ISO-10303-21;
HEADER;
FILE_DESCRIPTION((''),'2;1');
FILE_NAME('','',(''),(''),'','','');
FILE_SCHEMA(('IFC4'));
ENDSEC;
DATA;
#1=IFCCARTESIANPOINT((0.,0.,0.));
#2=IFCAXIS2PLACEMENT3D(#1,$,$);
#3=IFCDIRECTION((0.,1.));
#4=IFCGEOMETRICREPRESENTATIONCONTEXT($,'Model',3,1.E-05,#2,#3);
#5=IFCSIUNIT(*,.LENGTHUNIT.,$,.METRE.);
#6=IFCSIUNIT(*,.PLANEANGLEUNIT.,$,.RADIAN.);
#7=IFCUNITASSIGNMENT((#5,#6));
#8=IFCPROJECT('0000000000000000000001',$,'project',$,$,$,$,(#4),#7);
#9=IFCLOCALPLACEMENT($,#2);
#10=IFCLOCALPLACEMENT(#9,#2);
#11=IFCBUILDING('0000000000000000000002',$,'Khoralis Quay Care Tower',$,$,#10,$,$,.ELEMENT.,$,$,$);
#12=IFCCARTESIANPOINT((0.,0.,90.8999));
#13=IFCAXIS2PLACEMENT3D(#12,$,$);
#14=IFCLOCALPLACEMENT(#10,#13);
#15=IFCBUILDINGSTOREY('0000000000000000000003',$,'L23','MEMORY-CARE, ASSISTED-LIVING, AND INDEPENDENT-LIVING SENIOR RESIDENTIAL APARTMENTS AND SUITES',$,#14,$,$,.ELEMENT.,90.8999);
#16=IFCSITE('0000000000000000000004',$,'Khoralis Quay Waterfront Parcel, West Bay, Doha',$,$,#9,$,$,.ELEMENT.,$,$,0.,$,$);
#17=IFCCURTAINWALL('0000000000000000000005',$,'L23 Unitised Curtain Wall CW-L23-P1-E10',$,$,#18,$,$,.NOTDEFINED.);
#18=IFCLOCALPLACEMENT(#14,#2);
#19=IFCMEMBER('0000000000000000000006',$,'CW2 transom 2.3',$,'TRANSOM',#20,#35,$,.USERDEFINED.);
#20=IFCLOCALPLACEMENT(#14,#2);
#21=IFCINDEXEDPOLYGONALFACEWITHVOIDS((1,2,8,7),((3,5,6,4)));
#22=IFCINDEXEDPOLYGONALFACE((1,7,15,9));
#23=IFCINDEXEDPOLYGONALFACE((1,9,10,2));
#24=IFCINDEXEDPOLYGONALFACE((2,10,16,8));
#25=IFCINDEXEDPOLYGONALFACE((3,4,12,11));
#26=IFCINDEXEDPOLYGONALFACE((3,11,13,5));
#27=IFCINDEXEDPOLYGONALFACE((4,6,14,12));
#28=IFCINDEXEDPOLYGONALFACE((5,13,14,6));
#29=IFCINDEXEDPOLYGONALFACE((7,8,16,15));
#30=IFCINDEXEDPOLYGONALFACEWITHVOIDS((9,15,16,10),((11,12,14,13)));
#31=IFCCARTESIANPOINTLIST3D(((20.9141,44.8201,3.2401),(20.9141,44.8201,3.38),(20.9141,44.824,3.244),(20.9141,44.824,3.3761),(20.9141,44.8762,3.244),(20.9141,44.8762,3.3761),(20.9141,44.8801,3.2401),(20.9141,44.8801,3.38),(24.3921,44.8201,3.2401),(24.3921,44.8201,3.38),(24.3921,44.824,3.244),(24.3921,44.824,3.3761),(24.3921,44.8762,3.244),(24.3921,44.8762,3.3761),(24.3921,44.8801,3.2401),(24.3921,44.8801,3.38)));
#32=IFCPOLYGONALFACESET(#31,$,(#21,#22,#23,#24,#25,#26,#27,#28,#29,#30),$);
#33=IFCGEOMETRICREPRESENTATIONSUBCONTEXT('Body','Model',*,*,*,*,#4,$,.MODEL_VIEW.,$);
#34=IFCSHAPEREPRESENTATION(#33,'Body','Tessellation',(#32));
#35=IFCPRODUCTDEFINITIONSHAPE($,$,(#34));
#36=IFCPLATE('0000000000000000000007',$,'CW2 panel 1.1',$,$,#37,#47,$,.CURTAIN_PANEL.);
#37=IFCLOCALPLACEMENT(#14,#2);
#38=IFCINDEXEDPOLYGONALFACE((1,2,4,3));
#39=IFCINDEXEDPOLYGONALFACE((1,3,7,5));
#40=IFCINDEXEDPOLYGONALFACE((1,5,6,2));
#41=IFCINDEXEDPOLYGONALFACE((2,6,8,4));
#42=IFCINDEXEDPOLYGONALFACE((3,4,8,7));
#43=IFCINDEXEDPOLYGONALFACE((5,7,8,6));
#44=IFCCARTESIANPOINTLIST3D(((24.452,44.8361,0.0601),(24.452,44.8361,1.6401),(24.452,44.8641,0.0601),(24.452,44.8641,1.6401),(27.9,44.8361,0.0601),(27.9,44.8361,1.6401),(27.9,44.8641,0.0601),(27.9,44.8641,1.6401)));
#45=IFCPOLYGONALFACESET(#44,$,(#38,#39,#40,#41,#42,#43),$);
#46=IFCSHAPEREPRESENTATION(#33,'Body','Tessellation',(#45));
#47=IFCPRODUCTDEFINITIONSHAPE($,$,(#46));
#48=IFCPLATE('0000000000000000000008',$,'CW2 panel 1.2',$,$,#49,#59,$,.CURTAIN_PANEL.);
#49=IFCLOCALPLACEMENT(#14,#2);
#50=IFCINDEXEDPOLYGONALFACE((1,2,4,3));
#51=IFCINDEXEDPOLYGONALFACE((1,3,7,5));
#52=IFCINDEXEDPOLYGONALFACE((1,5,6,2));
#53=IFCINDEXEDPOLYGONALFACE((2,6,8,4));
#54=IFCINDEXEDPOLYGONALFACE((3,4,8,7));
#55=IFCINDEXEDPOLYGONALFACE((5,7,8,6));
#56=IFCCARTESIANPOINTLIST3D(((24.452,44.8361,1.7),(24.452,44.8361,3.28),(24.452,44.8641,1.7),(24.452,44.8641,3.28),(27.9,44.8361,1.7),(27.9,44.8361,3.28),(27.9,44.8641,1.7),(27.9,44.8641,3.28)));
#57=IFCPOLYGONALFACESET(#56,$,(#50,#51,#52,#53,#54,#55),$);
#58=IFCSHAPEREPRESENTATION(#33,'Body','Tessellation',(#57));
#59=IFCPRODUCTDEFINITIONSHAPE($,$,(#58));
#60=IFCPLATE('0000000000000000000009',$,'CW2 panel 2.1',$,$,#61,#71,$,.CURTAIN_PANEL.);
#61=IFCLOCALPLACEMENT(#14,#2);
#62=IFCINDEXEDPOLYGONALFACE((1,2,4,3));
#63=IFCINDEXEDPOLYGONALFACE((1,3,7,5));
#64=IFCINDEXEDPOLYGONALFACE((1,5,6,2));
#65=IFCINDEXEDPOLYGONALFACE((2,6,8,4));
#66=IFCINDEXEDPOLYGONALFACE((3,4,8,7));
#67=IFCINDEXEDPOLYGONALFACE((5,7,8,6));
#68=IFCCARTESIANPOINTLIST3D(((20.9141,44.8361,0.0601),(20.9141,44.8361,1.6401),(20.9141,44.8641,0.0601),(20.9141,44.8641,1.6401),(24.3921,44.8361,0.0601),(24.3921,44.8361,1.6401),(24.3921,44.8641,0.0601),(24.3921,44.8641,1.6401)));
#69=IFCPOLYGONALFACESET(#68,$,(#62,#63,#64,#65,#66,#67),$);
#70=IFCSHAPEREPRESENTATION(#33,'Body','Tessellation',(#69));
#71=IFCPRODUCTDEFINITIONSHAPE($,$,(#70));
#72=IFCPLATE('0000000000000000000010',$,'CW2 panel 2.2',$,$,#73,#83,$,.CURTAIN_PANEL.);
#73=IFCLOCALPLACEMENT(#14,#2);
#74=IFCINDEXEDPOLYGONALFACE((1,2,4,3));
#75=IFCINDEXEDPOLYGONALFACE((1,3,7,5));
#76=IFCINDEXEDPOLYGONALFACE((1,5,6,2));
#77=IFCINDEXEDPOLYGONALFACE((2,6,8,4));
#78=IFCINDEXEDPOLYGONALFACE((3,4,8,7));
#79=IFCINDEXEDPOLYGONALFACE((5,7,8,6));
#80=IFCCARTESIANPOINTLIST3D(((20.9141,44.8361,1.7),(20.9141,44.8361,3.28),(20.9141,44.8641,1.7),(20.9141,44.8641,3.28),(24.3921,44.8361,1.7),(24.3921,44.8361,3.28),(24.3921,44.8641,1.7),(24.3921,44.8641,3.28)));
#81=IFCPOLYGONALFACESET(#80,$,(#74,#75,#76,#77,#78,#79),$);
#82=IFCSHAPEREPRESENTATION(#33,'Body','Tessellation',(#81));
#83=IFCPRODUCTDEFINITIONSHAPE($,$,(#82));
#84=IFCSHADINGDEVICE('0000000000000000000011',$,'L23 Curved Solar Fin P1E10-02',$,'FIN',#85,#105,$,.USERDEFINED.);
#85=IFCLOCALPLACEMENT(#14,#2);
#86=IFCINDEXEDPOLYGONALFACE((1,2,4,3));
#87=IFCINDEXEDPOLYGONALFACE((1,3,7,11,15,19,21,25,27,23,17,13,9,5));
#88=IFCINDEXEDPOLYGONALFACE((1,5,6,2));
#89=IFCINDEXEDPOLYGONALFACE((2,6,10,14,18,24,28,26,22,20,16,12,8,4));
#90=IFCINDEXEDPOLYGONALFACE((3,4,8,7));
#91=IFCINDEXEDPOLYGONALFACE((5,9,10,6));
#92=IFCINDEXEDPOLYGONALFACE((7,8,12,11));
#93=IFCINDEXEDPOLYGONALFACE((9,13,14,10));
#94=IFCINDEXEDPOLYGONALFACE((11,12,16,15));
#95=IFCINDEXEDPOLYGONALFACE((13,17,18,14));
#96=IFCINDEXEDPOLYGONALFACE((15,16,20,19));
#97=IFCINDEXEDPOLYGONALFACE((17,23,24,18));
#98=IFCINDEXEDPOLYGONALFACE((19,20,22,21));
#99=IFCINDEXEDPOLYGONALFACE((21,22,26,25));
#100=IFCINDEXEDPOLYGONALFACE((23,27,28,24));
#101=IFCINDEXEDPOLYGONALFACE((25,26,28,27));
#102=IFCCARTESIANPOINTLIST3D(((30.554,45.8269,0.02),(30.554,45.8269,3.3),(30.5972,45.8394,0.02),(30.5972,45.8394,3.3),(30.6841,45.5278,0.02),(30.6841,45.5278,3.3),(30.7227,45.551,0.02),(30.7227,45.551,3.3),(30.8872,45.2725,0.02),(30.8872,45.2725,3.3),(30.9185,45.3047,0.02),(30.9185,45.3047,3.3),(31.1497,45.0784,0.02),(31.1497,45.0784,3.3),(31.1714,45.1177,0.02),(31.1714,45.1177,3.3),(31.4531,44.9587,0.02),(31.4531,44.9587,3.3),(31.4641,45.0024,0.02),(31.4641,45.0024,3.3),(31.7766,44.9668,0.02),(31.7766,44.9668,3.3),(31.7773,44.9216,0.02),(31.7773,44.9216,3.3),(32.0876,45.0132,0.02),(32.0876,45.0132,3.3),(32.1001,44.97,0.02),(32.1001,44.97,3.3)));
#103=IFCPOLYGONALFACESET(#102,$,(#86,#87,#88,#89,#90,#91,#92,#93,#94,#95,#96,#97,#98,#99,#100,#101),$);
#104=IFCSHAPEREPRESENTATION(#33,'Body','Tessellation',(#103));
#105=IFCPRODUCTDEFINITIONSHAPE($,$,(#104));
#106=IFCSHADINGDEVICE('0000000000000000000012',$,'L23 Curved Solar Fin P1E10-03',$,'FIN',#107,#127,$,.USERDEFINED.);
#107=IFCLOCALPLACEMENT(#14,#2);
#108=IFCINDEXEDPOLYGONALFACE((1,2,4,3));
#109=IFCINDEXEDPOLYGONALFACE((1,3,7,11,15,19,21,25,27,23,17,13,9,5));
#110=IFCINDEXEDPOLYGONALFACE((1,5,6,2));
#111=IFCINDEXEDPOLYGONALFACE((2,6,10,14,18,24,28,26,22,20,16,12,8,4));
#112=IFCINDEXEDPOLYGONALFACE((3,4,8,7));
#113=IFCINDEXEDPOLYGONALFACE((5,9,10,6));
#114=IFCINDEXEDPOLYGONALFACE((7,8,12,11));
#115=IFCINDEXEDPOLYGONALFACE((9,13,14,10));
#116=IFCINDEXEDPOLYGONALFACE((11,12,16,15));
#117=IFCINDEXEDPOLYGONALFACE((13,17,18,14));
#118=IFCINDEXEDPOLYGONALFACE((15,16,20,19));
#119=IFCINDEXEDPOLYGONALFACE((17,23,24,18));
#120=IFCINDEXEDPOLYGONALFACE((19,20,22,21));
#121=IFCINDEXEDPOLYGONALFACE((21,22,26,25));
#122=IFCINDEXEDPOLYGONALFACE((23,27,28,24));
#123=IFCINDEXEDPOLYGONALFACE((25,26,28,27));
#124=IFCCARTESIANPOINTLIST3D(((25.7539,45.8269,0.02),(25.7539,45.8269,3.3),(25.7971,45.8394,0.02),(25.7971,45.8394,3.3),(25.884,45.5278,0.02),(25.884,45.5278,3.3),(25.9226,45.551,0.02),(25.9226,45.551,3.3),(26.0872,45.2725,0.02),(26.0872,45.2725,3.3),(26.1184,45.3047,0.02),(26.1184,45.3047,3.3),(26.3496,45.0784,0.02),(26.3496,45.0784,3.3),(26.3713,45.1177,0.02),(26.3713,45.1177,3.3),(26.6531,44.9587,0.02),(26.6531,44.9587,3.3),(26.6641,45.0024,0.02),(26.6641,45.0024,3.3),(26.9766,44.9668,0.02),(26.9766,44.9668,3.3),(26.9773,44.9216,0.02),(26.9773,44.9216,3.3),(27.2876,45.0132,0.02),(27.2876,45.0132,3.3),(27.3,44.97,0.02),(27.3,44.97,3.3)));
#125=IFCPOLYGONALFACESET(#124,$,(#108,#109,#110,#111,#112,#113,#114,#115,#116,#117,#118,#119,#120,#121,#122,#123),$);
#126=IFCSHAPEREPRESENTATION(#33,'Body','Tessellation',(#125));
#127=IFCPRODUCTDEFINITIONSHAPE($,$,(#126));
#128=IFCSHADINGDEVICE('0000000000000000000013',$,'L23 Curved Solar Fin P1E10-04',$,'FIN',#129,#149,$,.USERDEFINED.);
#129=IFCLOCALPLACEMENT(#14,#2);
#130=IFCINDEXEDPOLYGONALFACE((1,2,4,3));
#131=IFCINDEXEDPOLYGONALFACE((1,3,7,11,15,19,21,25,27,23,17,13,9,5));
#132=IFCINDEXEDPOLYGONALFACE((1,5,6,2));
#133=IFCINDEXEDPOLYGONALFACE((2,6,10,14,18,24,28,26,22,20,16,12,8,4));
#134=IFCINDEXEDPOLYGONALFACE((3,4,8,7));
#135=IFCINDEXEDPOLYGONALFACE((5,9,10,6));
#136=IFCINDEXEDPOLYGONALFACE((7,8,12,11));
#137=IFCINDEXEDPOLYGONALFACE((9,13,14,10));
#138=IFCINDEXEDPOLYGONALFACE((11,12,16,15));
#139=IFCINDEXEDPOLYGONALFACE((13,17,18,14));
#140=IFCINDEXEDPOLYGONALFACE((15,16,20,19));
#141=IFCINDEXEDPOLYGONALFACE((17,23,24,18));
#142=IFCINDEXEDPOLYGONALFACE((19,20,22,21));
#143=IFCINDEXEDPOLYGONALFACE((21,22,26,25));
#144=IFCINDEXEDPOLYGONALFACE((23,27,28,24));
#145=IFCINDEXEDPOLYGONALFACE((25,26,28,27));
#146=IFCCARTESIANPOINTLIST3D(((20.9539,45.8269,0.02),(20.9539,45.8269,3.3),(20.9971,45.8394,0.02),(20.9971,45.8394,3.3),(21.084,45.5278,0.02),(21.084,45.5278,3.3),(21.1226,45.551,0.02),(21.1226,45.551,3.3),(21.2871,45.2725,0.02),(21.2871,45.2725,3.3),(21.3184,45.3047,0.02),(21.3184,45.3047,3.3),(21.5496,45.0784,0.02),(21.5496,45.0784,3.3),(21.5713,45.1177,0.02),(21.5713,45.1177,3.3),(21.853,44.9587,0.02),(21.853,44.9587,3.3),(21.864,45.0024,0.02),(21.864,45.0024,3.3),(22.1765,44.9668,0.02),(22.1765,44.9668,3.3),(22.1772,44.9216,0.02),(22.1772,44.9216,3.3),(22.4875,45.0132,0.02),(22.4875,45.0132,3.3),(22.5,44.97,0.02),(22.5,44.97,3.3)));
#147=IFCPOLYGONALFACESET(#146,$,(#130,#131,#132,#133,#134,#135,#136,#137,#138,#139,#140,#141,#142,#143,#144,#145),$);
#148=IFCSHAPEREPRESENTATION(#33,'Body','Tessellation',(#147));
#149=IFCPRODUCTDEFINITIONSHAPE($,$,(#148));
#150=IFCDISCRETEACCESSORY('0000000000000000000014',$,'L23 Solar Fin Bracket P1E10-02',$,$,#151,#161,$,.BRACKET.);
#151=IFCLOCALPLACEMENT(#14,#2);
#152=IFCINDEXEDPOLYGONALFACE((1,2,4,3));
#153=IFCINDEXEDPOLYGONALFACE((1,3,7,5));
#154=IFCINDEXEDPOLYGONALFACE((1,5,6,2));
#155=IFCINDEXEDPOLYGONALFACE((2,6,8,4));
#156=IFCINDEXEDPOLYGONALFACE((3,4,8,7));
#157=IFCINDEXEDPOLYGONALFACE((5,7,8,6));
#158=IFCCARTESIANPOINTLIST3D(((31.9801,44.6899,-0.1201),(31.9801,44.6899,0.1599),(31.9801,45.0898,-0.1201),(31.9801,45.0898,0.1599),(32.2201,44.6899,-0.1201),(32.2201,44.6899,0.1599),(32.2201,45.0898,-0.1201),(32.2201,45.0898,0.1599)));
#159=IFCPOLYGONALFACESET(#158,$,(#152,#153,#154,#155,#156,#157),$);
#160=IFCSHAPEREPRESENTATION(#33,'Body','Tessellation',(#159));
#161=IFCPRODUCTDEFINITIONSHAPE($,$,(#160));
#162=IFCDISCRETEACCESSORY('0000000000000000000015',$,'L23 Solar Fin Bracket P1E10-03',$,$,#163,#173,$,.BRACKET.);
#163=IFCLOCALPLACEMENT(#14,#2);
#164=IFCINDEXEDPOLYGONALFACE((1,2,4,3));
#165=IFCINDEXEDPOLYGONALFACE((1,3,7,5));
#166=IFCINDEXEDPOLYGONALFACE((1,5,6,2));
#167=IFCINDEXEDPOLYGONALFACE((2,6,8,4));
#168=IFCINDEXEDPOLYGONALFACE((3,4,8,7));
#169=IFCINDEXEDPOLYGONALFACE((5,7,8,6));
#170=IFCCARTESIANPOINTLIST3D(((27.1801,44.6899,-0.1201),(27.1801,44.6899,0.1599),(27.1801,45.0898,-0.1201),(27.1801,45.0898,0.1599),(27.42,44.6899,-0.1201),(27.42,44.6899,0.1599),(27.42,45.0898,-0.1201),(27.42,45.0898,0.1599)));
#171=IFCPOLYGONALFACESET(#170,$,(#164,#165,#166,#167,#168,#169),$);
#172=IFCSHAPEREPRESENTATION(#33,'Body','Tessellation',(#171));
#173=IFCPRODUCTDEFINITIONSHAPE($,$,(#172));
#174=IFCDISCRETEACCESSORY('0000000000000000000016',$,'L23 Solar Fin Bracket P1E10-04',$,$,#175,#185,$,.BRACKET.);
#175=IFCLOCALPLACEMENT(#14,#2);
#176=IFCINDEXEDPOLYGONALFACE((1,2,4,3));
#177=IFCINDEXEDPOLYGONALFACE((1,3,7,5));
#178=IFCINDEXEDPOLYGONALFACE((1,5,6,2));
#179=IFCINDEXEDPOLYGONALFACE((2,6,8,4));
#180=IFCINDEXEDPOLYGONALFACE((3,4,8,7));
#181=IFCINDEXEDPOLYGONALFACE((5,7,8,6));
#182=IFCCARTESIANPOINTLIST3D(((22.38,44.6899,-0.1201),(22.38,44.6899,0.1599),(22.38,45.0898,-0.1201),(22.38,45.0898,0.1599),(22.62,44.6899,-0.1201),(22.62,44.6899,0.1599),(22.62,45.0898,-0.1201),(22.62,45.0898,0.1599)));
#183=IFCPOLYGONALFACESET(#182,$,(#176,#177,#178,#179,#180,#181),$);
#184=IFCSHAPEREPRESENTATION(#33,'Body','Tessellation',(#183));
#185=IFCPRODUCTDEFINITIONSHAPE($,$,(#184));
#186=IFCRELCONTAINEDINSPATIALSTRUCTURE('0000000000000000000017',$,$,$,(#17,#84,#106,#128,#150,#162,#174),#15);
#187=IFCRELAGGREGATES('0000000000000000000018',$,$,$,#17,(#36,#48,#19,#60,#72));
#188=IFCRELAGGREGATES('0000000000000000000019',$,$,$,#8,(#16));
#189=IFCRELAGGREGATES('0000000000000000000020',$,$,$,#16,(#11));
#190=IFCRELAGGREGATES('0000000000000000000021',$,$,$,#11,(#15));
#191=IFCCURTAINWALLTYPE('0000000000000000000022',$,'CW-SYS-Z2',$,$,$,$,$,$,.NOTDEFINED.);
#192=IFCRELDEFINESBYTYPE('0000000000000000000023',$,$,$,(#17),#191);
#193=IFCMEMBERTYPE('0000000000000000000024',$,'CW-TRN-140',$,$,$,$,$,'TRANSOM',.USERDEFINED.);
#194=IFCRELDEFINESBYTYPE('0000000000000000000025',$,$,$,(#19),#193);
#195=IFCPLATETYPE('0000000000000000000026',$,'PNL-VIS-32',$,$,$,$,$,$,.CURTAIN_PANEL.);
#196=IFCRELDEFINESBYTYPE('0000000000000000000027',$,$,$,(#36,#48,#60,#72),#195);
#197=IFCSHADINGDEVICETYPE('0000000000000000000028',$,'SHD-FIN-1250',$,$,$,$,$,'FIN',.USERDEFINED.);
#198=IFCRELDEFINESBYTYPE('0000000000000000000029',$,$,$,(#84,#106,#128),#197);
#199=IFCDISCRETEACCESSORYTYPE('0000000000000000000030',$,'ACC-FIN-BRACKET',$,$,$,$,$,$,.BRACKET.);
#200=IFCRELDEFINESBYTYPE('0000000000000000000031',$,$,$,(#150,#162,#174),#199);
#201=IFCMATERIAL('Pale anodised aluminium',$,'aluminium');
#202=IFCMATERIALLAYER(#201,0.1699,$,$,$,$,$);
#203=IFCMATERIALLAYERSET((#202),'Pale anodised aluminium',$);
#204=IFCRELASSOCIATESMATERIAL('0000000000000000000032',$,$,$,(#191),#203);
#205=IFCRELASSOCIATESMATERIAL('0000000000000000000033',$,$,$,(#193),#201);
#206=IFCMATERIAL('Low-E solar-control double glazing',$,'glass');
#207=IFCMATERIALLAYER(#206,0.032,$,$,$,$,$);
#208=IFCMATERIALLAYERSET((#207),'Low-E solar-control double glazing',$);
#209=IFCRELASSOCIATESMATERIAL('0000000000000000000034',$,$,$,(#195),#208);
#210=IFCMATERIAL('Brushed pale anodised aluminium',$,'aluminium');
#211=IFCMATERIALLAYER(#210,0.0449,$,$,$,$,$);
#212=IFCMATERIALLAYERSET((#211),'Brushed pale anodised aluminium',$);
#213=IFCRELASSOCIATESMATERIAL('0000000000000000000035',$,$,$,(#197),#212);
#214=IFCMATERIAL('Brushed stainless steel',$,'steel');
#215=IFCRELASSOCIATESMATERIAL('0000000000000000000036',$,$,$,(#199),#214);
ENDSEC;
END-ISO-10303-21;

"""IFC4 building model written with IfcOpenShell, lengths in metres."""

from ifc_helpers import new_model, si_unit, direction, frame, origin, origin_2d, place, context, subcontext, project, spatial, polyline, rectangle, hollow_rectangle, outline, extrude, source, transform, mapped, material, layer, layer_set, material_profile, profile_set, type_object, element, aggregate, save


model = new_model("IFC4")

# Units and contexts
model_context = context("Model", 3, precision=1e-05, world=origin(), true_north=direction((0.0, 1.0)))
body_context = subcontext(model_context, "Body", "Model", "MODEL_VIEW")
ifc_project = project(units=[si_unit("LENGTHUNIT", "METRE"), si_unit("PLANEANGLEUNIT", "RADIAN")], contexts=[model_context])

# Site, building, storey
site_placement = place(None, origin())
site = spatial("IfcSite", under=ifc_project, at=site_placement, Name="Khoralis Quay Waterfront Parcel, West Bay, Doha", CompositionType="ELEMENT", RefElevation=0.0)
building_placement = place(site_placement, origin())
building = spatial("IfcBuilding", under=site, at=building_placement, Name="Khoralis Quay Care Tower", CompositionType="ELEMENT")
storey_placement = place(building_placement, frame((0.0, 0.0, 90.8999)))
storey = spatial("IfcBuildingStorey", under=building, at=storey_placement, Name="L23", Description="MEMORY-CARE, ASSISTED-LIVING, AND INDEPENDENT-LIVING SENIOR RESIDENTIAL APARTMENTS AND SUITES", CompositionType="ELEMENT", Elevation=90.8999)

# Curtain wall, member, plates
ifc_material_1 = material(Name="Pale anodised aluminium", Category="aluminium")
ifc_layer_1 = layer(ifc_material_1, 0.1699)
ifc_layer_set_1 = layer_set([ifc_layer_1], Name="Pale anodised aluminium")
curtain_wall_type = type_object("IfcCurtainWallType", Name="CW-SYS-Z2", PredefinedType="NOTDEFINED", material=ifc_layer_set_1)
curtain_wall_placement = place(storey_placement, origin())
curtain_wall = element("IfcCurtainWall", 1, at=curtain_wall_placement, inside=storey, type_object=curtain_wall_type, Name="L23 Unitised Curtain Wall CW-L23-P1-E10", PredefinedType="NOTDEFINED")
ifc_material_profile_1 = material_profile(ifc_material_1, hollow_rectangle(XDim=0.0601, YDim=0.1399, WallThickness=0.0039, at=origin_2d()), Name="Pale anodised aluminium")
ifc_profile_set_1 = profile_set([ifc_material_profile_1], Name="Pale anodised aluminium")
member_type_1 = type_object("IfcMemberType", Name="CW-TRN-140", ElementType="TRANSOM", PredefinedType="USERDEFINED", material=ifc_profile_set_1)
shared_shape_1 = source(origin(), body_context, "Body", "SweptSolid", [
    extrude(hollow_rectangle(XDim=0.0601, YDim=0.1399, WallThickness=0.0039, at=origin_2d()), origin(), (0.0, 0.0, 1.0), 3.478),
])
member_1_placement = place(storey_placement, frame((24.3921, 44.8501, 3.3101), z_axis=(-1.0, 0.0, 0.0), x_axis=(0.0, -1.0, 0.0)))
member_1 = element("IfcMember", 2, at=member_1_placement, type_object=member_type_1, Name="CW2 transom 2.3", ObjectType="TRANSOM", PredefinedType="USERDEFINED", context=body_context, shape_type="MappedRepresentation", body=[
    mapped(shared_shape_1, transform((0.0, 0.0, 0.0), scale=1.0)),
])
ifc_material_2 = material(Name="Low-E solar-control double glazing", Category="glass")
ifc_layer_2 = layer(ifc_material_2, 0.032)
ifc_layer_set_2 = layer_set([ifc_layer_2], Name="Low-E solar-control double glazing")
plate_type = type_object("IfcPlateType", Name="PNL-VIS-32", PredefinedType="CURTAIN_PANEL", material=ifc_layer_set_2)
shared_shape_2 = source(origin(), body_context, "Body", "SweptSolid", [
    extrude(rectangle(XDim=3.448, YDim=0.0281, at=origin_2d()), origin(), (0.0, 0.0, 1.0), 1.5801),
])
plate_1_placement = place(storey_placement, frame((26.176, 44.8501, 0.0601), z_axis=(0.0, 0.0, 1.0), x_axis=(-1.0, 0.0, 0.0)))
plate_1 = element("IfcPlate", 3, at=plate_1_placement, type_object=plate_type, Name="CW2 panel 1.1", PredefinedType="CURTAIN_PANEL", context=body_context, shape_type="MappedRepresentation", body=[
    mapped(shared_shape_2, transform((0.0, 0.0, 0.0), scale=1.0)),
])
plate_2_placement = place(storey_placement, frame((26.176, 44.8501, 1.7), z_axis=(0.0, 0.0, 1.0), x_axis=(-1.0, 0.0, 0.0)))
plate_2 = element("IfcPlate", 4, at=plate_2_placement, type_object=plate_type, Name="CW2 panel 1.2", PredefinedType="CURTAIN_PANEL", context=body_context, shape_type="MappedRepresentation", body=[
    mapped(shared_shape_2, transform((0.0, 0.0, 0.0), scale=1.0)),
])
shared_shape_3 = source(origin(), body_context, "Body", "SweptSolid", [
    extrude(rectangle(XDim=3.478, YDim=0.0281, at=origin_2d()), origin(), (0.0, 0.0, 1.0), 1.5801),
])
plate_3_placement = place(storey_placement, frame((22.6531, 44.8501, 0.0601), z_axis=(0.0, 0.0, 1.0), x_axis=(-1.0, 0.0, 0.0)))
plate_3 = element("IfcPlate", 5, at=plate_3_placement, type_object=plate_type, Name="CW2 panel 2.1", PredefinedType="CURTAIN_PANEL", context=body_context, shape_type="MappedRepresentation", body=[
    mapped(shared_shape_3, transform((0.0, 0.0, 0.0), scale=1.0)),
])
plate_4_placement = place(storey_placement, frame((22.6531, 44.8501, 1.7), z_axis=(0.0, 0.0, 1.0), x_axis=(-1.0, 0.0, 0.0)))
plate_4 = element("IfcPlate", 6, at=plate_4_placement, type_object=plate_type, Name="CW2 panel 2.2", PredefinedType="CURTAIN_PANEL", context=body_context, shape_type="MappedRepresentation", body=[
    mapped(shared_shape_3, transform((0.0, 0.0, 0.0), scale=1.0)),
])
aggregate(curtain_wall, [plate_1, plate_2, member_1, plate_3, plate_4])

# Shading devices
ifc_material_3 = material(Name="Brushed pale anodised aluminium", Category="aluminium")
ifc_layer_3 = layer(ifc_material_3, 0.0449)
ifc_layer_set_3 = layer_set([ifc_layer_3], Name="Brushed pale anodised aluminium")
shading_device_type = type_object("IfcShadingDeviceType", Name="SHD-FIN-1250", ElementType="FIN", PredefinedType="USERDEFINED", material=ifc_layer_set_3)
shared_shape_4 = source(origin(), body_context, "Body", "SweptSolid", [
    extrude(outline(polyline([(0.0, 0.0), (-0.0483, 0.3228), (-0.0112, 0.647), (0.1084, 0.9504), (0.3025, 1.2129), (0.5579, 1.416), (0.8569, 1.5461), (0.8694, 1.5029), (0.5811, 1.3774), (0.3347, 1.1816), (0.1477, 0.9287), (0.0325, 0.636), (-0.0032, 0.3235), (0.0432, 0.0125), (0.0, 0.0)])), origin(), (0.0, 0.0, 1.0), 3.28),
])
for number, where, z_axis, x_axis, name in (
    (7, (32.1001, 44.97, 0.02), (0.0, 0.0, 1.0), (0.0, 1.0, 0.0), "L23 Curved Solar Fin P1E10-02"),
    (8, (27.3, 44.97, 0.02), (0.0, 0.0, 1.0), (0.0, 1.0, 0.0), "L23 Curved Solar Fin P1E10-03"),
    (9, (22.5, 44.97, 0.02), (0.0, 0.0, 1.0), (0.0, 1.0, 0.0), "L23 Curved Solar Fin P1E10-04"),
):
    element("IfcShadingDevice", number, at=place(storey_placement, frame(where, z_axis=z_axis, x_axis=x_axis)), inside=storey, type_object=shading_device_type, Name=name, ObjectType="FIN", PredefinedType="USERDEFINED", context=body_context, shape_type="MappedRepresentation", body=[
        mapped(shared_shape_4, transform((0.0, 0.0, 0.0), scale=1.0)),
    ])

# Discrete accessories
ifc_material_4 = material(Name="Brushed stainless steel", Category="steel")
discrete_accessory_type = type_object("IfcDiscreteAccessoryType", Name="ACC-FIN-BRACKET", PredefinedType="BRACKET", material=ifc_material_4)
shared_shape_5 = source(origin(), body_context, "Body", "SweptSolid", [
    extrude(rectangle(XDim=0.3999, YDim=0.24, at=origin_2d()), origin(), (0.0, 0.0, 1.0), 0.28),
])
for number, where, z_axis, x_axis, name in (
    (10, (32.1001, 44.8899, -0.1201), (0.0, 0.0, 1.0), (0.0, 1.0, 0.0), "L23 Solar Fin Bracket P1E10-02"),
    (11, (27.3, 44.8899, -0.1201), (0.0, 0.0, 1.0), (0.0, 1.0, 0.0), "L23 Solar Fin Bracket P1E10-03"),
    (12, (22.5, 44.8899, -0.1201), (0.0, 0.0, 1.0), (0.0, 1.0, 0.0), "L23 Solar Fin Bracket P1E10-04"),
):
    element("IfcDiscreteAccessory", number, at=place(storey_placement, frame(where, z_axis=z_axis, x_axis=x_axis)), inside=storey, type_object=discrete_accessory_type, Name=name, PredefinedType="BRACKET", context=body_context, shape_type="MappedRepresentation", body=[
        mapped(shared_shape_5, transform((0.0, 0.0, 0.0), scale=1.0)),
    ])

save(model, "model.ifc")
